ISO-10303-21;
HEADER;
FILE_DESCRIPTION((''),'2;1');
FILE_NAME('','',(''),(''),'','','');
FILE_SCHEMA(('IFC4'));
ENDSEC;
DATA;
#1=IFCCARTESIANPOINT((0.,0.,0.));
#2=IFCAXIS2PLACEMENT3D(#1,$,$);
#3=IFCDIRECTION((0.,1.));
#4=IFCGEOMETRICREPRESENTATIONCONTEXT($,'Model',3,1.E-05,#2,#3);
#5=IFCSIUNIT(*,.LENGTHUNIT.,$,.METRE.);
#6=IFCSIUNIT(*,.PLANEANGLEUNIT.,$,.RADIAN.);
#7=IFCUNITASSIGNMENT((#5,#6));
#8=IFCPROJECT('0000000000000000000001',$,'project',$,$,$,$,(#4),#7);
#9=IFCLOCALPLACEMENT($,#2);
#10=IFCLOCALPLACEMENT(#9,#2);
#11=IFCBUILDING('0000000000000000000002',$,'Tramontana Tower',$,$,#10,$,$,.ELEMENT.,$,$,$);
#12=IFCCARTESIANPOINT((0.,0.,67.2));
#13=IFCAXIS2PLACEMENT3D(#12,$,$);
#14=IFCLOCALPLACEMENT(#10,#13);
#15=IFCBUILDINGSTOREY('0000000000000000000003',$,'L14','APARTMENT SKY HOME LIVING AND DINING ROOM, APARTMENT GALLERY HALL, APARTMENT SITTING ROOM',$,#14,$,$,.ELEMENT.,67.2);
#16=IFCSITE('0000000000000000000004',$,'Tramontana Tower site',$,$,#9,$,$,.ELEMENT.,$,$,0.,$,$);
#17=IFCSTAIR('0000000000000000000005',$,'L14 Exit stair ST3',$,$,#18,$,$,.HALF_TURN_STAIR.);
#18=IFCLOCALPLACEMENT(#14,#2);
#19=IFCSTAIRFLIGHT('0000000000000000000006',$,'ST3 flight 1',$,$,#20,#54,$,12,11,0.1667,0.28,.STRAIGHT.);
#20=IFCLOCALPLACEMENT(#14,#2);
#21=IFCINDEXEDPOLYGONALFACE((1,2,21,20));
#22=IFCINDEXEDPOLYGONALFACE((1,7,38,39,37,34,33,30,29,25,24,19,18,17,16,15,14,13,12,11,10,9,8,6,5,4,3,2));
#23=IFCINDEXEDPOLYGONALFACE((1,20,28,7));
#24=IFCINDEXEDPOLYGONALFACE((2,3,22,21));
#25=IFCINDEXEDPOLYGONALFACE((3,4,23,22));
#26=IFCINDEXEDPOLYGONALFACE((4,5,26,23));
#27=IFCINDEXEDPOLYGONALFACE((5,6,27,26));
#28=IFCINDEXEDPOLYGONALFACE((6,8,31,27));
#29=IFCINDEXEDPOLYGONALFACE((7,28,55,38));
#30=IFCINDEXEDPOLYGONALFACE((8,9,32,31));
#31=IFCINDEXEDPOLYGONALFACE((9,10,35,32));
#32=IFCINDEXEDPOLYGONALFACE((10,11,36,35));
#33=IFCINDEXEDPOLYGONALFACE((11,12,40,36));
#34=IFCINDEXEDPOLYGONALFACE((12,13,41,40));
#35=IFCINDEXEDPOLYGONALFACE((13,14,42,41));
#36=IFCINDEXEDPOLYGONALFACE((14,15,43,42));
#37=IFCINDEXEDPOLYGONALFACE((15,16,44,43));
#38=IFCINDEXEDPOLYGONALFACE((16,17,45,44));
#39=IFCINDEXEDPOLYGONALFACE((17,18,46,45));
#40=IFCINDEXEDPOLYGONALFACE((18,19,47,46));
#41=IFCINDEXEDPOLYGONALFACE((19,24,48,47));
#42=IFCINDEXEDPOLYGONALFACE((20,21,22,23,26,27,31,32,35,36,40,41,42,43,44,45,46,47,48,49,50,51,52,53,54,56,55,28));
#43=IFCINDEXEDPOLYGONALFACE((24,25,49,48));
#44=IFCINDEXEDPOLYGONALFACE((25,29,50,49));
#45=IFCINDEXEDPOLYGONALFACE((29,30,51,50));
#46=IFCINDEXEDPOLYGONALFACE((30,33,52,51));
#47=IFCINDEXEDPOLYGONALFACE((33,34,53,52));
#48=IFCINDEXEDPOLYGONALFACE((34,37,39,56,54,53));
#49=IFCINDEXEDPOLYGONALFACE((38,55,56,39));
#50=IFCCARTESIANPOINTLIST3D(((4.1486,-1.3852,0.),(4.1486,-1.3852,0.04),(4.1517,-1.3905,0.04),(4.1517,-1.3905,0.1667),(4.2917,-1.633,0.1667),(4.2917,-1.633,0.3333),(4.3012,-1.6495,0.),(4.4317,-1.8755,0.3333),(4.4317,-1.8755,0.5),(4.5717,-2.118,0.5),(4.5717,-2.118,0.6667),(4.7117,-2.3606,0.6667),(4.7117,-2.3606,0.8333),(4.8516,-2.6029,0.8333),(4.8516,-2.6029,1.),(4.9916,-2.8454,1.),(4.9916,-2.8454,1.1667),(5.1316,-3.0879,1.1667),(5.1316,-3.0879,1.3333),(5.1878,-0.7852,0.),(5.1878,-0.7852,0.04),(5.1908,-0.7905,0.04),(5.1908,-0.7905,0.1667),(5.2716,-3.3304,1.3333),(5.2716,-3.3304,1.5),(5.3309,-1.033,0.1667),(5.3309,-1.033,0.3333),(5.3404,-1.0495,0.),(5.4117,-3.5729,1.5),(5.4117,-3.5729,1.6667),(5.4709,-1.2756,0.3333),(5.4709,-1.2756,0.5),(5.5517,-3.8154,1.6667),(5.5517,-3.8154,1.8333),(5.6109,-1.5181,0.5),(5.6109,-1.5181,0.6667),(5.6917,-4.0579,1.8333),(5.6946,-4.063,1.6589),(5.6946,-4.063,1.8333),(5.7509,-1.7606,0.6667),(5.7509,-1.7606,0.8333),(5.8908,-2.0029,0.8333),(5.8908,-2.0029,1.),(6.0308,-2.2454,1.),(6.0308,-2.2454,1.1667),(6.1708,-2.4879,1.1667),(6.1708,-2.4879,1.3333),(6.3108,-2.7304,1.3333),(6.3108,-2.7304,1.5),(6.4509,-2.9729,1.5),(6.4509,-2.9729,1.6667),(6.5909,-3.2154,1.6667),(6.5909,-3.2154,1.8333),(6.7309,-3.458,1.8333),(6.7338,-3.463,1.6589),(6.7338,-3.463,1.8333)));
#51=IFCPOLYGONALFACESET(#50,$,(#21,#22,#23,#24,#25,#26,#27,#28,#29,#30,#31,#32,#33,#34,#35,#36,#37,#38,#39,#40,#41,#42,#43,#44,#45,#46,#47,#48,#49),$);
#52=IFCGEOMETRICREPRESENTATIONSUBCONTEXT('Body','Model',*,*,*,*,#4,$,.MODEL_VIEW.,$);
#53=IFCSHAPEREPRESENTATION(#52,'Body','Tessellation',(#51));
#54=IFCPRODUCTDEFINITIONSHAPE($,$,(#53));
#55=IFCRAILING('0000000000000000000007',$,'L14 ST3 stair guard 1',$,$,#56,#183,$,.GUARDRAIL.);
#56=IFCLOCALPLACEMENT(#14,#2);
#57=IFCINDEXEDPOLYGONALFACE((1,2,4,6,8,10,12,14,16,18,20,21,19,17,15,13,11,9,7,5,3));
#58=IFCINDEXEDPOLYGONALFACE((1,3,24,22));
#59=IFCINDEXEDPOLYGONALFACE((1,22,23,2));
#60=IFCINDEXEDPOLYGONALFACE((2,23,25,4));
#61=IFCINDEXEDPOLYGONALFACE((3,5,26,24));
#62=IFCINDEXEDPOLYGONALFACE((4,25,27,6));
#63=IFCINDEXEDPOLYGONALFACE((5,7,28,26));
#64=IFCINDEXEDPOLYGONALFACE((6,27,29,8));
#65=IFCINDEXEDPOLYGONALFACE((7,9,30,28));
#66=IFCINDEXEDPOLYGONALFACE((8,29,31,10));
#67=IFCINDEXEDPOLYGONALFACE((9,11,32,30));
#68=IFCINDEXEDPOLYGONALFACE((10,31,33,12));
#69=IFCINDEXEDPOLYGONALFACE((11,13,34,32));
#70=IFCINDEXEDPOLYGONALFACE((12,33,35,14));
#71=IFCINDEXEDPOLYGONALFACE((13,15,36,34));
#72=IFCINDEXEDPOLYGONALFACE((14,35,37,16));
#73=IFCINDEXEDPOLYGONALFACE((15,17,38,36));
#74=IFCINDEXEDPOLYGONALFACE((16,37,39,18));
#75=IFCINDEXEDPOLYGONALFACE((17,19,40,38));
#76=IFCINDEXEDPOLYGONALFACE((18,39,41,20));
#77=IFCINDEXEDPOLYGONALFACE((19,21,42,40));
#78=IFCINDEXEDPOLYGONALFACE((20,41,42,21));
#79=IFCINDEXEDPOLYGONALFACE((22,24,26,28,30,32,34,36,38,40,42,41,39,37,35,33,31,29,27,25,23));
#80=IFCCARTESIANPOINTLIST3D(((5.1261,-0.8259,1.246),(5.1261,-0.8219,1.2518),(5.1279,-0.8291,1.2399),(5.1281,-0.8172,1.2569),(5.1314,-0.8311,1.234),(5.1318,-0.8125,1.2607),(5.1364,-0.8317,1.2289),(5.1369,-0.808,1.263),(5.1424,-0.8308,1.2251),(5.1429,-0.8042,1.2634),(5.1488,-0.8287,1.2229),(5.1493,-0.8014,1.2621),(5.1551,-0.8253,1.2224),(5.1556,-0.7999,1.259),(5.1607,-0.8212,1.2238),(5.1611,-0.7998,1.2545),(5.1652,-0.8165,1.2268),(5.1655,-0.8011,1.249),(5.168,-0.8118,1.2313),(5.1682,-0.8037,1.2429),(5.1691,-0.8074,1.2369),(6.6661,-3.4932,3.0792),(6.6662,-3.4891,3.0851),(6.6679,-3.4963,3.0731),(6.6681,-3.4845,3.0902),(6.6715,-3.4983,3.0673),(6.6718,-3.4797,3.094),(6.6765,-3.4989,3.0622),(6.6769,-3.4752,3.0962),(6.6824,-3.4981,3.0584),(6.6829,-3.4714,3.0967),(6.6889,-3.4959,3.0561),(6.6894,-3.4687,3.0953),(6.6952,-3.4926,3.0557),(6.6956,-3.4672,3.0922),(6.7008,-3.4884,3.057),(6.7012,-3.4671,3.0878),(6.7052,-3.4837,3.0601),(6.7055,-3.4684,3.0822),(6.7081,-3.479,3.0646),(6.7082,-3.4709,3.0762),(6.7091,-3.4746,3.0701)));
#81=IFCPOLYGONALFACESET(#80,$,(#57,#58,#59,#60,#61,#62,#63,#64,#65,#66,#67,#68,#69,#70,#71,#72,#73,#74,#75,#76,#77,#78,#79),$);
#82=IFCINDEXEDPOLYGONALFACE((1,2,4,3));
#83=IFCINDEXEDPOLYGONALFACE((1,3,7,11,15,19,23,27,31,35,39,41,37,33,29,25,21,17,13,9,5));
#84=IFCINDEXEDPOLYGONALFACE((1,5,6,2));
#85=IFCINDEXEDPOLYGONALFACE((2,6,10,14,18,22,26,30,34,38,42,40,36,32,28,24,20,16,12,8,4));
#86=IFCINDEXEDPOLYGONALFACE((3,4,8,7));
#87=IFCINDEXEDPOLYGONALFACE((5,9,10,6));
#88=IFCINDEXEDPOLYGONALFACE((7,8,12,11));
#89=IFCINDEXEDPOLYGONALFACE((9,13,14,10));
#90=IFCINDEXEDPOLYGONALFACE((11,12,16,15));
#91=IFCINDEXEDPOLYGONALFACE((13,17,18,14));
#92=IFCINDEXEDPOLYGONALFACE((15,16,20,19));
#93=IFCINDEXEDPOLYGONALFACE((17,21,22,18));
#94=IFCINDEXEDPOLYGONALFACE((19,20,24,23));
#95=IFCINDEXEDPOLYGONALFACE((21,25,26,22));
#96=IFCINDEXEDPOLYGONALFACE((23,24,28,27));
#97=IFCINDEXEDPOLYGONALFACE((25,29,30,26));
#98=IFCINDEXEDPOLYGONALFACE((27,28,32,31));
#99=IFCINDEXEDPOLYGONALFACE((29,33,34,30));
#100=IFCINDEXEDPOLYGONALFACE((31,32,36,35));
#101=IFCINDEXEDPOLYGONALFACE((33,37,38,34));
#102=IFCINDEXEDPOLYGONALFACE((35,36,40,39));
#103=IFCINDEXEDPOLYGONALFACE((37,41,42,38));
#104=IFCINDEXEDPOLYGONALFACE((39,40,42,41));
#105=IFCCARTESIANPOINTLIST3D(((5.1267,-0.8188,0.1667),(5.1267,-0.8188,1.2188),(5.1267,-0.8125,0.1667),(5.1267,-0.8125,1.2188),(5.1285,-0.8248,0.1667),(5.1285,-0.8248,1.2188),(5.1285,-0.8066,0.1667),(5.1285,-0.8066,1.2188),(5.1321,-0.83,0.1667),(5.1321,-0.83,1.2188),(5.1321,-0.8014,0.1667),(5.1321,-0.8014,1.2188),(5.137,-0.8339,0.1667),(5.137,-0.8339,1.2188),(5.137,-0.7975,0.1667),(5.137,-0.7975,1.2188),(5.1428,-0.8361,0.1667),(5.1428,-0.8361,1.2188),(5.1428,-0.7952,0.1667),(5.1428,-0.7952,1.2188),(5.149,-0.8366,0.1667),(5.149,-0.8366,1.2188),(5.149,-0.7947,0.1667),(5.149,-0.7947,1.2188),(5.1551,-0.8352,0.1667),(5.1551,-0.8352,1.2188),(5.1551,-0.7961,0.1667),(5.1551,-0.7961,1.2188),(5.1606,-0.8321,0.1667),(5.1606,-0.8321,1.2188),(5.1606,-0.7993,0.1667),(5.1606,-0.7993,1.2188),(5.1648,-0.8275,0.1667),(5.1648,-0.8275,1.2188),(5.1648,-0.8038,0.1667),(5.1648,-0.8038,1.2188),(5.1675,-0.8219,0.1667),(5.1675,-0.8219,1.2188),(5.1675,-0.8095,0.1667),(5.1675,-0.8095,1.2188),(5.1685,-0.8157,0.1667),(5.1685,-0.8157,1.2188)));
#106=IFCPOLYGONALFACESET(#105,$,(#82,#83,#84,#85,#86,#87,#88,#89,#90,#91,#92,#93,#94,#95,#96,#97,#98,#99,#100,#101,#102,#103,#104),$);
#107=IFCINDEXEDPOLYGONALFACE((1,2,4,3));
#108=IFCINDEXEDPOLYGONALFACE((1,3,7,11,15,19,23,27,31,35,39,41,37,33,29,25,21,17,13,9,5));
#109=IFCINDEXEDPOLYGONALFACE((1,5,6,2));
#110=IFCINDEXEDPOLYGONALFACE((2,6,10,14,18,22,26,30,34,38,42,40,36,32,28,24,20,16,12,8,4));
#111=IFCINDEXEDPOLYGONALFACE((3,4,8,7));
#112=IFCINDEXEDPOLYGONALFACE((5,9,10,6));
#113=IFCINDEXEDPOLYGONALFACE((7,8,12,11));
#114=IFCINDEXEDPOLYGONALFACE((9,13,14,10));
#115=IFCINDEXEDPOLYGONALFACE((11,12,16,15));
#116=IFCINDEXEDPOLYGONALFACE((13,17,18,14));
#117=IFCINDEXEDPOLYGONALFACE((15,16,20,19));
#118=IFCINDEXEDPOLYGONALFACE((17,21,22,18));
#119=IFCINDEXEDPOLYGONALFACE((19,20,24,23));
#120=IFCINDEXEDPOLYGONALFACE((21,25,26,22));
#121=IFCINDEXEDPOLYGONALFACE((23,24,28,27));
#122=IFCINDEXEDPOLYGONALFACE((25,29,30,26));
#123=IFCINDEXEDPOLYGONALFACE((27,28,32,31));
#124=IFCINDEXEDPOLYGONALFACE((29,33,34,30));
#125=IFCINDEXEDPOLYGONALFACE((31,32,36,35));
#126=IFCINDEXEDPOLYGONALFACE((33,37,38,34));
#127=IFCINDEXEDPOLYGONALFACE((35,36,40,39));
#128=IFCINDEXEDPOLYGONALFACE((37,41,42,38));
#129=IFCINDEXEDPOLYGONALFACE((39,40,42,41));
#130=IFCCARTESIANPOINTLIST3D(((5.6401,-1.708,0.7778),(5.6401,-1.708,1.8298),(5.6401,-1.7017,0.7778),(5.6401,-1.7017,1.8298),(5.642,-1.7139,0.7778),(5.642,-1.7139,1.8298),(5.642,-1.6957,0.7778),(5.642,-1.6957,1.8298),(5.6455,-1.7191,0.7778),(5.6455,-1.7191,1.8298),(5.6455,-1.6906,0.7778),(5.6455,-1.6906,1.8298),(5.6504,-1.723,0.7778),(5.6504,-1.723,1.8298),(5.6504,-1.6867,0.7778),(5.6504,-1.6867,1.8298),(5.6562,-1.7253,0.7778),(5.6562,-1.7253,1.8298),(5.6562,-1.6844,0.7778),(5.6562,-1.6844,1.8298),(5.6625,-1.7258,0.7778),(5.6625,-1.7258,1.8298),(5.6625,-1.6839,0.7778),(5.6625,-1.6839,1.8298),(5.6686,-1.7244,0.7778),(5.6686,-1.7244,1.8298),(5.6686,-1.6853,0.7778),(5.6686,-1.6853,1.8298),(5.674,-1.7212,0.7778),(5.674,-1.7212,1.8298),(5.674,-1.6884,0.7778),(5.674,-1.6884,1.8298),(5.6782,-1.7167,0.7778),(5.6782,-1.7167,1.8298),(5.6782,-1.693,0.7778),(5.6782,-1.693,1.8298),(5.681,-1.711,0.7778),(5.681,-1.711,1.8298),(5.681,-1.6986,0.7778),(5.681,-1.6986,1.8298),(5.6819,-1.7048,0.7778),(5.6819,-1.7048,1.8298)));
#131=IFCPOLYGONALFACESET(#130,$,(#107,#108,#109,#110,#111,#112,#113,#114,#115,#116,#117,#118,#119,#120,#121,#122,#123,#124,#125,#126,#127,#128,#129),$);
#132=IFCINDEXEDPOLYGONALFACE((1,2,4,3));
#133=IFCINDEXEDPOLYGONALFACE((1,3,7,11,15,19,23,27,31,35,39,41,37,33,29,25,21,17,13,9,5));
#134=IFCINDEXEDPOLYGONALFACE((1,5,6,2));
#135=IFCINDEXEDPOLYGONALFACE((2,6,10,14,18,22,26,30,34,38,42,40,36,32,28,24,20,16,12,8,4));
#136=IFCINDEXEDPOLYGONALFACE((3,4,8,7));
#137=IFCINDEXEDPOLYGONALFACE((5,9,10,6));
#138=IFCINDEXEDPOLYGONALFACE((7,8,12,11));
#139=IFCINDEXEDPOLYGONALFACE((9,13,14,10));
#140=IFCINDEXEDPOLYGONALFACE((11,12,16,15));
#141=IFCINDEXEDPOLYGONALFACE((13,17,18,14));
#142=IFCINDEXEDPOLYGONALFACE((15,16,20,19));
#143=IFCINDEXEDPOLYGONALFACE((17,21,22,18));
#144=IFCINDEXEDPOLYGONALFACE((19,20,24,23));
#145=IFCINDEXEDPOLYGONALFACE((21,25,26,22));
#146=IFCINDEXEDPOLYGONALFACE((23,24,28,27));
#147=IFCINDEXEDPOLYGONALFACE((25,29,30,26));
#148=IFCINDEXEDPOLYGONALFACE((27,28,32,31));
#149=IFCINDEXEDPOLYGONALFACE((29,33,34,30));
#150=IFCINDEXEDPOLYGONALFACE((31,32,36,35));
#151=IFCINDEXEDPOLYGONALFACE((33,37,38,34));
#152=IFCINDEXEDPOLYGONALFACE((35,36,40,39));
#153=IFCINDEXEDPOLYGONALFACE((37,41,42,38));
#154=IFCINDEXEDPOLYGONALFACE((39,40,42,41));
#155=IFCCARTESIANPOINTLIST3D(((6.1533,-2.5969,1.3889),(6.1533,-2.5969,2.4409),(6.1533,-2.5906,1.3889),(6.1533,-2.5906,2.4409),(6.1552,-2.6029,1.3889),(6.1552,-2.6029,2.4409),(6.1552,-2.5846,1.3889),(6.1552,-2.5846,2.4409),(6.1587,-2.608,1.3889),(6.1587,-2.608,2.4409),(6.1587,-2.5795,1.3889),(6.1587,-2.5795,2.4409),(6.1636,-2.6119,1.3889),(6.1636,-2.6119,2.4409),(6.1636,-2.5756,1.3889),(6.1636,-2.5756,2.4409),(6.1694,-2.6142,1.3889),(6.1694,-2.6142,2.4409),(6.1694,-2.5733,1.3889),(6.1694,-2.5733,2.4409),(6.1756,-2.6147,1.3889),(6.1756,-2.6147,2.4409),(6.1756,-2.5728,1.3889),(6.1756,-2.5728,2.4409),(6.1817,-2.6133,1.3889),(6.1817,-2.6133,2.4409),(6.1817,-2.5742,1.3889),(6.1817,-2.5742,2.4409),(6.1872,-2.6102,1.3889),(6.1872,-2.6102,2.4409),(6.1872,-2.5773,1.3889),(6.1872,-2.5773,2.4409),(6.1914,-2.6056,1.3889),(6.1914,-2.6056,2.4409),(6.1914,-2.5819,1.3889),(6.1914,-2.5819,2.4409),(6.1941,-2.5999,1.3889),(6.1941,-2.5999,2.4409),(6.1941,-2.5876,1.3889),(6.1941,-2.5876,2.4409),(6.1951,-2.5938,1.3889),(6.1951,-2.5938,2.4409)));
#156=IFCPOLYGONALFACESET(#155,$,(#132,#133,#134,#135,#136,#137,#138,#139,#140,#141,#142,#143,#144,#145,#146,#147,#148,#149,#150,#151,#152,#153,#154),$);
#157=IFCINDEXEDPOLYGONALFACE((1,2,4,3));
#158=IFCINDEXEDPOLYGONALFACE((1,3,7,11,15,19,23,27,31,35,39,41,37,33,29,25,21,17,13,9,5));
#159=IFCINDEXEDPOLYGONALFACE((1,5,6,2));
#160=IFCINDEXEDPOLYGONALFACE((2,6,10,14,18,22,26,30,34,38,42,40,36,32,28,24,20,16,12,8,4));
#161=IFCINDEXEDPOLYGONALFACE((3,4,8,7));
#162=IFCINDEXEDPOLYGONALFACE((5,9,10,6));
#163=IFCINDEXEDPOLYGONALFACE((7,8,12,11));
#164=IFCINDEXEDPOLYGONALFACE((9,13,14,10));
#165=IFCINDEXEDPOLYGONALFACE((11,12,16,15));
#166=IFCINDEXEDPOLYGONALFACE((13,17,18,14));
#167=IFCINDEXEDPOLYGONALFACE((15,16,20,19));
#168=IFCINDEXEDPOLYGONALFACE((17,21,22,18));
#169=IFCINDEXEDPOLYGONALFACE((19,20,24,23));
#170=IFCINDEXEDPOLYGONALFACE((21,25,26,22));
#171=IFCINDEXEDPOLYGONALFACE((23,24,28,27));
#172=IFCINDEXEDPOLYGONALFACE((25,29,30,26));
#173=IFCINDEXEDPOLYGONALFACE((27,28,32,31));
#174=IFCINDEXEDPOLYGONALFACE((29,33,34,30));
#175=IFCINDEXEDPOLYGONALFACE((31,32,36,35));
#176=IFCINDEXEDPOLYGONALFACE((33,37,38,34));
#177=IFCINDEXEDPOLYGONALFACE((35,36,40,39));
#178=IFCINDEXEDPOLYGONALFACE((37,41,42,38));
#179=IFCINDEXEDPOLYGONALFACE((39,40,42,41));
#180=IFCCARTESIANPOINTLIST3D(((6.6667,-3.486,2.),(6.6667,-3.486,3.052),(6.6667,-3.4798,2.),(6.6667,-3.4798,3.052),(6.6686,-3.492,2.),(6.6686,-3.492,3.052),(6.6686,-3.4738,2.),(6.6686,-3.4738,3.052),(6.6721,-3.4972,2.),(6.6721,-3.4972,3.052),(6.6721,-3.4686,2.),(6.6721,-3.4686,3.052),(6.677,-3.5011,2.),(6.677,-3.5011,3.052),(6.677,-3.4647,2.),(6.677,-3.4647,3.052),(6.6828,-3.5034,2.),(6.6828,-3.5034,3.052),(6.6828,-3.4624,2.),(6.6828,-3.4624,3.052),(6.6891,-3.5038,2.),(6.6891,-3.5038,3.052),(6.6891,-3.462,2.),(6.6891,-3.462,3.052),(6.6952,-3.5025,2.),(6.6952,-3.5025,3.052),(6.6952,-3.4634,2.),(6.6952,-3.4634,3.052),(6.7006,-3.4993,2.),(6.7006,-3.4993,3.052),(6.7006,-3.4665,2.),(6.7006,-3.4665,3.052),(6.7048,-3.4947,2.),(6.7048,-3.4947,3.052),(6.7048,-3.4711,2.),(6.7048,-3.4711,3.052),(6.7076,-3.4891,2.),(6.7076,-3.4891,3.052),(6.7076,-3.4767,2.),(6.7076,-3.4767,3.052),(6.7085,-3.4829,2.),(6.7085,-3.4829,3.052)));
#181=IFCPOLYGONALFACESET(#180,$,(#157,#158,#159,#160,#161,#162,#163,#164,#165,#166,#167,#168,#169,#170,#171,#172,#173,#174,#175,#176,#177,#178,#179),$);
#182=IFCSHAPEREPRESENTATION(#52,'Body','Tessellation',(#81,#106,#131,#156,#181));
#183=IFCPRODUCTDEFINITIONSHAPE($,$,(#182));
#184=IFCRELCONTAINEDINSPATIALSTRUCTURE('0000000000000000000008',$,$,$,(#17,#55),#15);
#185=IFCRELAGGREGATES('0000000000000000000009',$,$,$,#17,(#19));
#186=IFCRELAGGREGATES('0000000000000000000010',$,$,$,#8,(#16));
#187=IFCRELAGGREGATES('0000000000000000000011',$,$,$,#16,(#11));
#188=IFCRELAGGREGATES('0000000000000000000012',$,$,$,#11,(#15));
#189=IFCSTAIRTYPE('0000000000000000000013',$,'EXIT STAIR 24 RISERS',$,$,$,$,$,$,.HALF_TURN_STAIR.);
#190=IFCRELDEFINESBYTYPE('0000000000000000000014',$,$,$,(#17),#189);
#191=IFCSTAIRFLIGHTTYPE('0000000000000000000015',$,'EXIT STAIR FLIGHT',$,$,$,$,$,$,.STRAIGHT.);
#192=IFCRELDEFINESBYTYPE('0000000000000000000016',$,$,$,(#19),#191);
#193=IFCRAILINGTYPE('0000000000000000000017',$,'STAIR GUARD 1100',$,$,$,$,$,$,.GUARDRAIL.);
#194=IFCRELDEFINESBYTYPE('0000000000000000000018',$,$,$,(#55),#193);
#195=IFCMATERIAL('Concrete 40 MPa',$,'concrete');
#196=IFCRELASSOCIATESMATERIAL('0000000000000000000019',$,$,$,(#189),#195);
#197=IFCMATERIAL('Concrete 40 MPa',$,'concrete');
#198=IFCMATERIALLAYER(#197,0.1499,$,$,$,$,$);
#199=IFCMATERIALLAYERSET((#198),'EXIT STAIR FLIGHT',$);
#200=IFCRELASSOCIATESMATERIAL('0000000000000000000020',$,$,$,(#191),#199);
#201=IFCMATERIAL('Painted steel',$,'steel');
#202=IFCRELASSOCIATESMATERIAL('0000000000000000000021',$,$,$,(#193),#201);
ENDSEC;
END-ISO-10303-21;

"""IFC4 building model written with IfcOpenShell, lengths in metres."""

from ifc_helpers import new_model, si_unit, direction, frame, origin, origin_2d, place, context, subcontext, project, spatial, polyline, circle, outline, extrude, material, layer, layer_set, type_object, element, aggregate, save


model = new_model("IFC4")

# Units and contexts
model_context = context("Model", 3, precision=1e-05, world=origin(), true_north=direction((0.0, 1.0)))
body_context = subcontext(model_context, "Body", "Model", "MODEL_VIEW")
ifc_project = project(units=[si_unit("LENGTHUNIT", "METRE"), si_unit("PLANEANGLEUNIT", "RADIAN")], contexts=[model_context])

# Site, building, storey
site_placement = place(None, origin())
site = spatial("IfcSite", under=ifc_project, at=site_placement, Name="Tramontana Tower site", CompositionType="ELEMENT", RefElevation=0.0)
building_placement = place(site_placement, origin())
building = spatial("IfcBuilding", under=site, at=building_placement, Name="Tramontana Tower", CompositionType="ELEMENT")
storey_placement = place(building_placement, frame((0.0, 0.0, 67.2)))
storey = spatial("IfcBuildingStorey", under=building, at=storey_placement, Name="L14", Description="APARTMENT SKY HOME LIVING AND DINING ROOM, APARTMENT GALLERY HALL, APARTMENT SITTING ROOM", CompositionType="ELEMENT", Elevation=67.2)

# Stair
ifc_material_1 = material(Name="Concrete 40 MPa", Category="concrete")
stair_type = type_object("IfcStairType", Name="EXIT STAIR 24 RISERS", PredefinedType="HALF_TURN_STAIR", material=ifc_material_1)
stair_1_placement = place(storey_placement, origin())
stair_1 = element("IfcStair", 1, at=stair_1_placement, inside=storey, type_object=stair_type, Name="L14 Exit stair ST3", PredefinedType="HALF_TURN_STAIR")

# Stair flight
ifc_material_2 = material(Name="Concrete 40 MPa", Category="concrete")
ifc_layer_1 = layer(ifc_material_2, 0.1499)
ifc_layer_set_1 = layer_set([ifc_layer_1], Name="EXIT STAIR FLIGHT")
stair_flight_type = type_object("IfcStairFlightType", Name="EXIT STAIR FLIGHT", PredefinedType="STRAIGHT", material=ifc_layer_set_1)
stair_flight_placement = place(storey_placement, frame((4.6711, -1.0906, 0.0), z_axis=(0.0, 0.0, 1.0), x_axis=(0.5, -0.866025, 0.0)))
stair_flight = element("IfcStairFlight", 2, at=stair_flight_placement, type_object=stair_flight_type, Name="ST3 flight 1", NumberOfRisers=12, NumberOfTreads=11, PredefinedType="STRAIGHT", RiserHeight=0.1667, TreadLength=0.28, context=body_context, shape_type="SweptSolid", body=[
    extrude(outline(polyline([(-0.0061, 0.0), (-0.0061, 0.04), (0.0, 0.04), (0.0, 0.1667), (0.28, 0.1667), (0.28, 0.3333), (0.5601, 0.3333), (0.5601, 0.5), (0.8401, 0.5), (0.8401, 0.6667), (1.1201, 0.6667), (1.1201, 0.8333), (1.3999, 0.8333), (1.3999, 1.0), (1.6799, 1.0), (1.6799, 1.1667), (1.96, 1.1667), (1.96, 1.3333), (2.24, 1.3333), (2.24, 1.5), (2.52, 1.5), (2.52, 1.6667), (2.8, 1.6667), (2.8, 1.8333), (3.0801, 1.8333), (3.0859, 1.8333), (3.0859, 1.6589), (0.2991, 0.0), (-0.0061, 0.0)])), frame((0.0, 0.6001, 0.0), z_axis=(0.0, -1.0, 0.0), x_axis=(1.0, 0.0, 0.0)), (0.0, 0.0, 1.0), 1.2),
])
aggregate(stair_1, [stair_flight])

# Railing
ifc_material_3 = material(Name="Painted steel", Category="steel")
railing_type_1 = type_object("IfcRailingType", Name="STAIR GUARD 1100", PredefinedType="GUARDRAIL", material=ifc_material_3)
railing_1_placement = place(storey_placement, frame((5.1475, -0.8157, 0.1667)))
element("IfcRailing", 3, at=railing_1_placement, inside=storey, type_object=railing_type_1, Name="L14 ST3 stair guard 1", PredefinedType="GUARDRAIL", context=body_context, shape_type="SweptSolid", body=[
    extrude(circle(Radius=0.0239, at=origin_2d()), frame((0.0, 0.0, 1.0762), z_axis=(0.429671, -0.744159, 0.511478), x_axis=(0.86601, 0.500027, 0.0)), (0.0, 0.0, 1.0), 3.5842),
    extrude(circle(Radius=0.021, at=origin_2d()), origin(), (0.0, 0.0, 1.0), 1.052),
    extrude(circle(Radius=0.021, at=origin_2d()), frame((0.5134, -0.8892, 0.6111)), (0.0, 0.0, 1.0), 1.052),
    extrude(circle(Radius=0.021, at=origin_2d()), frame((1.0266, -1.7781, 1.2222)), (0.0, 0.0, 1.0), 1.052),
    extrude(circle(Radius=0.021, at=origin_2d()), frame((1.54, -2.6672, 1.8333)), (0.0, 0.0, 1.0), 1.052),
])

save(model, "model.ifc")
